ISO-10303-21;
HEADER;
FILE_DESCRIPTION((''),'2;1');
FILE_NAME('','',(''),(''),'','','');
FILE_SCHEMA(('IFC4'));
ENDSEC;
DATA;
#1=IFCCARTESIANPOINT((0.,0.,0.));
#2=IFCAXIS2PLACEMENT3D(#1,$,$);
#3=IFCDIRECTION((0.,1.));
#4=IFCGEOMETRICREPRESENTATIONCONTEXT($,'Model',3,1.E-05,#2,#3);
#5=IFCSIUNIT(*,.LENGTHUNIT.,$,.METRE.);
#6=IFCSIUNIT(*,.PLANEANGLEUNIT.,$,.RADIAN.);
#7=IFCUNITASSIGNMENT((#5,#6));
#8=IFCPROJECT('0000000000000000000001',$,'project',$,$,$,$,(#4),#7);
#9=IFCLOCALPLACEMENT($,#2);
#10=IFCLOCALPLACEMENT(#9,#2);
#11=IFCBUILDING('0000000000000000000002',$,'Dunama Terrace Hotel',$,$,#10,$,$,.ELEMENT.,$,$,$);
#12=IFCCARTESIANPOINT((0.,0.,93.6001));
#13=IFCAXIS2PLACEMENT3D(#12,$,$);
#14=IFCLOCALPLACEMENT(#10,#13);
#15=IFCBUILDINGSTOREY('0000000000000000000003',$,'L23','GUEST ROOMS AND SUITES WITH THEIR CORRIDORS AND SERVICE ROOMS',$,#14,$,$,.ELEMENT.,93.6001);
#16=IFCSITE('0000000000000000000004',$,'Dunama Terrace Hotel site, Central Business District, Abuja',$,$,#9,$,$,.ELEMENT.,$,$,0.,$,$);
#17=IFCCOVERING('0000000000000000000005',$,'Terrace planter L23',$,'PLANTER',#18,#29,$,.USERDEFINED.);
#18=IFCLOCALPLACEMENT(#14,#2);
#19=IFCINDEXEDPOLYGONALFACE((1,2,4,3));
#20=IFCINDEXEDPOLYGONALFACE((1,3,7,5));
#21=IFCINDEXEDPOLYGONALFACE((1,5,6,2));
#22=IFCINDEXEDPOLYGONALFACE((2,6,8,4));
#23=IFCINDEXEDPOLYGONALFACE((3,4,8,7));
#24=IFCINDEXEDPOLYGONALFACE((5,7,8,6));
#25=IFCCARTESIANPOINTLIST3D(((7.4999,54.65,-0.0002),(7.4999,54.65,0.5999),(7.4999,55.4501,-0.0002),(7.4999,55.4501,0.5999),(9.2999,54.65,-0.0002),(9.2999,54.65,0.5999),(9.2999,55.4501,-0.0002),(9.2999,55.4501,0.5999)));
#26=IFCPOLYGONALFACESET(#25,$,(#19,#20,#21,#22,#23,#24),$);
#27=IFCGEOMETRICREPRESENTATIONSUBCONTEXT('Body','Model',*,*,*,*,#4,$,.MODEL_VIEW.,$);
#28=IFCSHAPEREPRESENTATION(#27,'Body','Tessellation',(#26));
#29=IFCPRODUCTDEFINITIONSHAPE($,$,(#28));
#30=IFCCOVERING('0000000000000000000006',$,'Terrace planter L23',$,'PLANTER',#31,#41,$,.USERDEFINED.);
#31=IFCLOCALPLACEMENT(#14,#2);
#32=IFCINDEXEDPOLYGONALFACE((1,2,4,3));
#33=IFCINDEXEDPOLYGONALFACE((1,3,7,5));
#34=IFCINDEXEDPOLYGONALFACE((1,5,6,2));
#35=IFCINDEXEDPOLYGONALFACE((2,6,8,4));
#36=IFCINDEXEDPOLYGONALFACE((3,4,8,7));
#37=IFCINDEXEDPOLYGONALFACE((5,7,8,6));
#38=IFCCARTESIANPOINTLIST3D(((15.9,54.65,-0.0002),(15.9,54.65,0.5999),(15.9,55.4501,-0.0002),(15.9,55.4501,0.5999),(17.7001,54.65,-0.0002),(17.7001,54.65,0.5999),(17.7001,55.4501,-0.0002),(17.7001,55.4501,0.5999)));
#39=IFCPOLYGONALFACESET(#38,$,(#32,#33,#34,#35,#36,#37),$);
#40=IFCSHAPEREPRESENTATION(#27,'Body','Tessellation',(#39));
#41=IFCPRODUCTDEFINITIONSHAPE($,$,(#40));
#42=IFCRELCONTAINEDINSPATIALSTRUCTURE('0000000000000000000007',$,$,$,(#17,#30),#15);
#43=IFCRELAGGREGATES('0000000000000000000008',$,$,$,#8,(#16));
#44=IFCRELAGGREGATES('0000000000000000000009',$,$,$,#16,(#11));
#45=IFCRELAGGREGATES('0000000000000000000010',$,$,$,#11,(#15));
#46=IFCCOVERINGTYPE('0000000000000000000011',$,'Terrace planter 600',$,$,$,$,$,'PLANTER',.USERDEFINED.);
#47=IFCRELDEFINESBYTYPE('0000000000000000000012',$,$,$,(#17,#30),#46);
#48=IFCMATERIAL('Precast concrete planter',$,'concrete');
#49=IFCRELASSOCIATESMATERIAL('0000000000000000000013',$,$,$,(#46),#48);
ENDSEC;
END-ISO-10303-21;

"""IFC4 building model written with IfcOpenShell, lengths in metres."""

from ifc_helpers import new_model, si_unit, direction, frame, origin, origin_2d, place, context, subcontext, project, spatial, rectangle, extrude, material, type_object, element, save


model = new_model("IFC4")

# Units and contexts
model_context = context("Model", 3, precision=1e-05, world=origin(), true_north=direction((0.0, 1.0)))
body_context = subcontext(model_context, "Body", "Model", "MODEL_VIEW")
ifc_project = project(units=[si_unit("LENGTHUNIT", "METRE"), si_unit("PLANEANGLEUNIT", "RADIAN")], contexts=[model_context])

# Site, building, storey
site_placement = place(None, origin())
site = spatial("IfcSite", under=ifc_project, at=site_placement, Name="Dunama Terrace Hotel site, Central Business District, Abuja", CompositionType="ELEMENT", RefElevation=0.0)
building_placement = place(site_placement, origin())
building = spatial("IfcBuilding", under=site, at=building_placement, Name="Dunama Terrace Hotel", CompositionType="ELEMENT")
storey_placement = place(building_placement, frame((0.0, 0.0, 93.6001)))
storey = spatial("IfcBuildingStorey", under=building, at=storey_placement, Name="L23", Description="GUEST ROOMS AND SUITES WITH THEIR CORRIDORS AND SERVICE ROOMS", CompositionType="ELEMENT", Elevation=93.6001)

# Coverings
ifc_material_1 = material(Name="Precast concrete planter", Category="concrete")
covering_type = type_object("IfcCoveringType", Name="Terrace planter 600", ElementType="PLANTER", PredefinedType="USERDEFINED", material=ifc_material_1)
for number, where, z_axis, x_axis, name in (
    (1, (8.3999, 55.05, -0.0002), (0.0, 0.0, 1.0), (1.0, 0.0, 0.0), "Terrace planter L23"),
    (2, (16.8, 55.05, -0.0002), (0.0, 0.0, 1.0), (1.0, 0.0, 0.0), "Terrace planter L23"),
):
    element("IfcCovering", number, at=place(storey_placement, frame(where, z_axis=z_axis, x_axis=x_axis)), inside=storey, type_object=covering_type, Name=name, ObjectType="PLANTER", PredefinedType="USERDEFINED", context=body_context, shape_type="SweptSolid", body=[
        extrude(rectangle(XDim=1.8, YDim=0.8, at=origin_2d()), origin(), (0.0, 0.0, 1.0), 0.6001),
    ])

save(model, "model.ifc")
